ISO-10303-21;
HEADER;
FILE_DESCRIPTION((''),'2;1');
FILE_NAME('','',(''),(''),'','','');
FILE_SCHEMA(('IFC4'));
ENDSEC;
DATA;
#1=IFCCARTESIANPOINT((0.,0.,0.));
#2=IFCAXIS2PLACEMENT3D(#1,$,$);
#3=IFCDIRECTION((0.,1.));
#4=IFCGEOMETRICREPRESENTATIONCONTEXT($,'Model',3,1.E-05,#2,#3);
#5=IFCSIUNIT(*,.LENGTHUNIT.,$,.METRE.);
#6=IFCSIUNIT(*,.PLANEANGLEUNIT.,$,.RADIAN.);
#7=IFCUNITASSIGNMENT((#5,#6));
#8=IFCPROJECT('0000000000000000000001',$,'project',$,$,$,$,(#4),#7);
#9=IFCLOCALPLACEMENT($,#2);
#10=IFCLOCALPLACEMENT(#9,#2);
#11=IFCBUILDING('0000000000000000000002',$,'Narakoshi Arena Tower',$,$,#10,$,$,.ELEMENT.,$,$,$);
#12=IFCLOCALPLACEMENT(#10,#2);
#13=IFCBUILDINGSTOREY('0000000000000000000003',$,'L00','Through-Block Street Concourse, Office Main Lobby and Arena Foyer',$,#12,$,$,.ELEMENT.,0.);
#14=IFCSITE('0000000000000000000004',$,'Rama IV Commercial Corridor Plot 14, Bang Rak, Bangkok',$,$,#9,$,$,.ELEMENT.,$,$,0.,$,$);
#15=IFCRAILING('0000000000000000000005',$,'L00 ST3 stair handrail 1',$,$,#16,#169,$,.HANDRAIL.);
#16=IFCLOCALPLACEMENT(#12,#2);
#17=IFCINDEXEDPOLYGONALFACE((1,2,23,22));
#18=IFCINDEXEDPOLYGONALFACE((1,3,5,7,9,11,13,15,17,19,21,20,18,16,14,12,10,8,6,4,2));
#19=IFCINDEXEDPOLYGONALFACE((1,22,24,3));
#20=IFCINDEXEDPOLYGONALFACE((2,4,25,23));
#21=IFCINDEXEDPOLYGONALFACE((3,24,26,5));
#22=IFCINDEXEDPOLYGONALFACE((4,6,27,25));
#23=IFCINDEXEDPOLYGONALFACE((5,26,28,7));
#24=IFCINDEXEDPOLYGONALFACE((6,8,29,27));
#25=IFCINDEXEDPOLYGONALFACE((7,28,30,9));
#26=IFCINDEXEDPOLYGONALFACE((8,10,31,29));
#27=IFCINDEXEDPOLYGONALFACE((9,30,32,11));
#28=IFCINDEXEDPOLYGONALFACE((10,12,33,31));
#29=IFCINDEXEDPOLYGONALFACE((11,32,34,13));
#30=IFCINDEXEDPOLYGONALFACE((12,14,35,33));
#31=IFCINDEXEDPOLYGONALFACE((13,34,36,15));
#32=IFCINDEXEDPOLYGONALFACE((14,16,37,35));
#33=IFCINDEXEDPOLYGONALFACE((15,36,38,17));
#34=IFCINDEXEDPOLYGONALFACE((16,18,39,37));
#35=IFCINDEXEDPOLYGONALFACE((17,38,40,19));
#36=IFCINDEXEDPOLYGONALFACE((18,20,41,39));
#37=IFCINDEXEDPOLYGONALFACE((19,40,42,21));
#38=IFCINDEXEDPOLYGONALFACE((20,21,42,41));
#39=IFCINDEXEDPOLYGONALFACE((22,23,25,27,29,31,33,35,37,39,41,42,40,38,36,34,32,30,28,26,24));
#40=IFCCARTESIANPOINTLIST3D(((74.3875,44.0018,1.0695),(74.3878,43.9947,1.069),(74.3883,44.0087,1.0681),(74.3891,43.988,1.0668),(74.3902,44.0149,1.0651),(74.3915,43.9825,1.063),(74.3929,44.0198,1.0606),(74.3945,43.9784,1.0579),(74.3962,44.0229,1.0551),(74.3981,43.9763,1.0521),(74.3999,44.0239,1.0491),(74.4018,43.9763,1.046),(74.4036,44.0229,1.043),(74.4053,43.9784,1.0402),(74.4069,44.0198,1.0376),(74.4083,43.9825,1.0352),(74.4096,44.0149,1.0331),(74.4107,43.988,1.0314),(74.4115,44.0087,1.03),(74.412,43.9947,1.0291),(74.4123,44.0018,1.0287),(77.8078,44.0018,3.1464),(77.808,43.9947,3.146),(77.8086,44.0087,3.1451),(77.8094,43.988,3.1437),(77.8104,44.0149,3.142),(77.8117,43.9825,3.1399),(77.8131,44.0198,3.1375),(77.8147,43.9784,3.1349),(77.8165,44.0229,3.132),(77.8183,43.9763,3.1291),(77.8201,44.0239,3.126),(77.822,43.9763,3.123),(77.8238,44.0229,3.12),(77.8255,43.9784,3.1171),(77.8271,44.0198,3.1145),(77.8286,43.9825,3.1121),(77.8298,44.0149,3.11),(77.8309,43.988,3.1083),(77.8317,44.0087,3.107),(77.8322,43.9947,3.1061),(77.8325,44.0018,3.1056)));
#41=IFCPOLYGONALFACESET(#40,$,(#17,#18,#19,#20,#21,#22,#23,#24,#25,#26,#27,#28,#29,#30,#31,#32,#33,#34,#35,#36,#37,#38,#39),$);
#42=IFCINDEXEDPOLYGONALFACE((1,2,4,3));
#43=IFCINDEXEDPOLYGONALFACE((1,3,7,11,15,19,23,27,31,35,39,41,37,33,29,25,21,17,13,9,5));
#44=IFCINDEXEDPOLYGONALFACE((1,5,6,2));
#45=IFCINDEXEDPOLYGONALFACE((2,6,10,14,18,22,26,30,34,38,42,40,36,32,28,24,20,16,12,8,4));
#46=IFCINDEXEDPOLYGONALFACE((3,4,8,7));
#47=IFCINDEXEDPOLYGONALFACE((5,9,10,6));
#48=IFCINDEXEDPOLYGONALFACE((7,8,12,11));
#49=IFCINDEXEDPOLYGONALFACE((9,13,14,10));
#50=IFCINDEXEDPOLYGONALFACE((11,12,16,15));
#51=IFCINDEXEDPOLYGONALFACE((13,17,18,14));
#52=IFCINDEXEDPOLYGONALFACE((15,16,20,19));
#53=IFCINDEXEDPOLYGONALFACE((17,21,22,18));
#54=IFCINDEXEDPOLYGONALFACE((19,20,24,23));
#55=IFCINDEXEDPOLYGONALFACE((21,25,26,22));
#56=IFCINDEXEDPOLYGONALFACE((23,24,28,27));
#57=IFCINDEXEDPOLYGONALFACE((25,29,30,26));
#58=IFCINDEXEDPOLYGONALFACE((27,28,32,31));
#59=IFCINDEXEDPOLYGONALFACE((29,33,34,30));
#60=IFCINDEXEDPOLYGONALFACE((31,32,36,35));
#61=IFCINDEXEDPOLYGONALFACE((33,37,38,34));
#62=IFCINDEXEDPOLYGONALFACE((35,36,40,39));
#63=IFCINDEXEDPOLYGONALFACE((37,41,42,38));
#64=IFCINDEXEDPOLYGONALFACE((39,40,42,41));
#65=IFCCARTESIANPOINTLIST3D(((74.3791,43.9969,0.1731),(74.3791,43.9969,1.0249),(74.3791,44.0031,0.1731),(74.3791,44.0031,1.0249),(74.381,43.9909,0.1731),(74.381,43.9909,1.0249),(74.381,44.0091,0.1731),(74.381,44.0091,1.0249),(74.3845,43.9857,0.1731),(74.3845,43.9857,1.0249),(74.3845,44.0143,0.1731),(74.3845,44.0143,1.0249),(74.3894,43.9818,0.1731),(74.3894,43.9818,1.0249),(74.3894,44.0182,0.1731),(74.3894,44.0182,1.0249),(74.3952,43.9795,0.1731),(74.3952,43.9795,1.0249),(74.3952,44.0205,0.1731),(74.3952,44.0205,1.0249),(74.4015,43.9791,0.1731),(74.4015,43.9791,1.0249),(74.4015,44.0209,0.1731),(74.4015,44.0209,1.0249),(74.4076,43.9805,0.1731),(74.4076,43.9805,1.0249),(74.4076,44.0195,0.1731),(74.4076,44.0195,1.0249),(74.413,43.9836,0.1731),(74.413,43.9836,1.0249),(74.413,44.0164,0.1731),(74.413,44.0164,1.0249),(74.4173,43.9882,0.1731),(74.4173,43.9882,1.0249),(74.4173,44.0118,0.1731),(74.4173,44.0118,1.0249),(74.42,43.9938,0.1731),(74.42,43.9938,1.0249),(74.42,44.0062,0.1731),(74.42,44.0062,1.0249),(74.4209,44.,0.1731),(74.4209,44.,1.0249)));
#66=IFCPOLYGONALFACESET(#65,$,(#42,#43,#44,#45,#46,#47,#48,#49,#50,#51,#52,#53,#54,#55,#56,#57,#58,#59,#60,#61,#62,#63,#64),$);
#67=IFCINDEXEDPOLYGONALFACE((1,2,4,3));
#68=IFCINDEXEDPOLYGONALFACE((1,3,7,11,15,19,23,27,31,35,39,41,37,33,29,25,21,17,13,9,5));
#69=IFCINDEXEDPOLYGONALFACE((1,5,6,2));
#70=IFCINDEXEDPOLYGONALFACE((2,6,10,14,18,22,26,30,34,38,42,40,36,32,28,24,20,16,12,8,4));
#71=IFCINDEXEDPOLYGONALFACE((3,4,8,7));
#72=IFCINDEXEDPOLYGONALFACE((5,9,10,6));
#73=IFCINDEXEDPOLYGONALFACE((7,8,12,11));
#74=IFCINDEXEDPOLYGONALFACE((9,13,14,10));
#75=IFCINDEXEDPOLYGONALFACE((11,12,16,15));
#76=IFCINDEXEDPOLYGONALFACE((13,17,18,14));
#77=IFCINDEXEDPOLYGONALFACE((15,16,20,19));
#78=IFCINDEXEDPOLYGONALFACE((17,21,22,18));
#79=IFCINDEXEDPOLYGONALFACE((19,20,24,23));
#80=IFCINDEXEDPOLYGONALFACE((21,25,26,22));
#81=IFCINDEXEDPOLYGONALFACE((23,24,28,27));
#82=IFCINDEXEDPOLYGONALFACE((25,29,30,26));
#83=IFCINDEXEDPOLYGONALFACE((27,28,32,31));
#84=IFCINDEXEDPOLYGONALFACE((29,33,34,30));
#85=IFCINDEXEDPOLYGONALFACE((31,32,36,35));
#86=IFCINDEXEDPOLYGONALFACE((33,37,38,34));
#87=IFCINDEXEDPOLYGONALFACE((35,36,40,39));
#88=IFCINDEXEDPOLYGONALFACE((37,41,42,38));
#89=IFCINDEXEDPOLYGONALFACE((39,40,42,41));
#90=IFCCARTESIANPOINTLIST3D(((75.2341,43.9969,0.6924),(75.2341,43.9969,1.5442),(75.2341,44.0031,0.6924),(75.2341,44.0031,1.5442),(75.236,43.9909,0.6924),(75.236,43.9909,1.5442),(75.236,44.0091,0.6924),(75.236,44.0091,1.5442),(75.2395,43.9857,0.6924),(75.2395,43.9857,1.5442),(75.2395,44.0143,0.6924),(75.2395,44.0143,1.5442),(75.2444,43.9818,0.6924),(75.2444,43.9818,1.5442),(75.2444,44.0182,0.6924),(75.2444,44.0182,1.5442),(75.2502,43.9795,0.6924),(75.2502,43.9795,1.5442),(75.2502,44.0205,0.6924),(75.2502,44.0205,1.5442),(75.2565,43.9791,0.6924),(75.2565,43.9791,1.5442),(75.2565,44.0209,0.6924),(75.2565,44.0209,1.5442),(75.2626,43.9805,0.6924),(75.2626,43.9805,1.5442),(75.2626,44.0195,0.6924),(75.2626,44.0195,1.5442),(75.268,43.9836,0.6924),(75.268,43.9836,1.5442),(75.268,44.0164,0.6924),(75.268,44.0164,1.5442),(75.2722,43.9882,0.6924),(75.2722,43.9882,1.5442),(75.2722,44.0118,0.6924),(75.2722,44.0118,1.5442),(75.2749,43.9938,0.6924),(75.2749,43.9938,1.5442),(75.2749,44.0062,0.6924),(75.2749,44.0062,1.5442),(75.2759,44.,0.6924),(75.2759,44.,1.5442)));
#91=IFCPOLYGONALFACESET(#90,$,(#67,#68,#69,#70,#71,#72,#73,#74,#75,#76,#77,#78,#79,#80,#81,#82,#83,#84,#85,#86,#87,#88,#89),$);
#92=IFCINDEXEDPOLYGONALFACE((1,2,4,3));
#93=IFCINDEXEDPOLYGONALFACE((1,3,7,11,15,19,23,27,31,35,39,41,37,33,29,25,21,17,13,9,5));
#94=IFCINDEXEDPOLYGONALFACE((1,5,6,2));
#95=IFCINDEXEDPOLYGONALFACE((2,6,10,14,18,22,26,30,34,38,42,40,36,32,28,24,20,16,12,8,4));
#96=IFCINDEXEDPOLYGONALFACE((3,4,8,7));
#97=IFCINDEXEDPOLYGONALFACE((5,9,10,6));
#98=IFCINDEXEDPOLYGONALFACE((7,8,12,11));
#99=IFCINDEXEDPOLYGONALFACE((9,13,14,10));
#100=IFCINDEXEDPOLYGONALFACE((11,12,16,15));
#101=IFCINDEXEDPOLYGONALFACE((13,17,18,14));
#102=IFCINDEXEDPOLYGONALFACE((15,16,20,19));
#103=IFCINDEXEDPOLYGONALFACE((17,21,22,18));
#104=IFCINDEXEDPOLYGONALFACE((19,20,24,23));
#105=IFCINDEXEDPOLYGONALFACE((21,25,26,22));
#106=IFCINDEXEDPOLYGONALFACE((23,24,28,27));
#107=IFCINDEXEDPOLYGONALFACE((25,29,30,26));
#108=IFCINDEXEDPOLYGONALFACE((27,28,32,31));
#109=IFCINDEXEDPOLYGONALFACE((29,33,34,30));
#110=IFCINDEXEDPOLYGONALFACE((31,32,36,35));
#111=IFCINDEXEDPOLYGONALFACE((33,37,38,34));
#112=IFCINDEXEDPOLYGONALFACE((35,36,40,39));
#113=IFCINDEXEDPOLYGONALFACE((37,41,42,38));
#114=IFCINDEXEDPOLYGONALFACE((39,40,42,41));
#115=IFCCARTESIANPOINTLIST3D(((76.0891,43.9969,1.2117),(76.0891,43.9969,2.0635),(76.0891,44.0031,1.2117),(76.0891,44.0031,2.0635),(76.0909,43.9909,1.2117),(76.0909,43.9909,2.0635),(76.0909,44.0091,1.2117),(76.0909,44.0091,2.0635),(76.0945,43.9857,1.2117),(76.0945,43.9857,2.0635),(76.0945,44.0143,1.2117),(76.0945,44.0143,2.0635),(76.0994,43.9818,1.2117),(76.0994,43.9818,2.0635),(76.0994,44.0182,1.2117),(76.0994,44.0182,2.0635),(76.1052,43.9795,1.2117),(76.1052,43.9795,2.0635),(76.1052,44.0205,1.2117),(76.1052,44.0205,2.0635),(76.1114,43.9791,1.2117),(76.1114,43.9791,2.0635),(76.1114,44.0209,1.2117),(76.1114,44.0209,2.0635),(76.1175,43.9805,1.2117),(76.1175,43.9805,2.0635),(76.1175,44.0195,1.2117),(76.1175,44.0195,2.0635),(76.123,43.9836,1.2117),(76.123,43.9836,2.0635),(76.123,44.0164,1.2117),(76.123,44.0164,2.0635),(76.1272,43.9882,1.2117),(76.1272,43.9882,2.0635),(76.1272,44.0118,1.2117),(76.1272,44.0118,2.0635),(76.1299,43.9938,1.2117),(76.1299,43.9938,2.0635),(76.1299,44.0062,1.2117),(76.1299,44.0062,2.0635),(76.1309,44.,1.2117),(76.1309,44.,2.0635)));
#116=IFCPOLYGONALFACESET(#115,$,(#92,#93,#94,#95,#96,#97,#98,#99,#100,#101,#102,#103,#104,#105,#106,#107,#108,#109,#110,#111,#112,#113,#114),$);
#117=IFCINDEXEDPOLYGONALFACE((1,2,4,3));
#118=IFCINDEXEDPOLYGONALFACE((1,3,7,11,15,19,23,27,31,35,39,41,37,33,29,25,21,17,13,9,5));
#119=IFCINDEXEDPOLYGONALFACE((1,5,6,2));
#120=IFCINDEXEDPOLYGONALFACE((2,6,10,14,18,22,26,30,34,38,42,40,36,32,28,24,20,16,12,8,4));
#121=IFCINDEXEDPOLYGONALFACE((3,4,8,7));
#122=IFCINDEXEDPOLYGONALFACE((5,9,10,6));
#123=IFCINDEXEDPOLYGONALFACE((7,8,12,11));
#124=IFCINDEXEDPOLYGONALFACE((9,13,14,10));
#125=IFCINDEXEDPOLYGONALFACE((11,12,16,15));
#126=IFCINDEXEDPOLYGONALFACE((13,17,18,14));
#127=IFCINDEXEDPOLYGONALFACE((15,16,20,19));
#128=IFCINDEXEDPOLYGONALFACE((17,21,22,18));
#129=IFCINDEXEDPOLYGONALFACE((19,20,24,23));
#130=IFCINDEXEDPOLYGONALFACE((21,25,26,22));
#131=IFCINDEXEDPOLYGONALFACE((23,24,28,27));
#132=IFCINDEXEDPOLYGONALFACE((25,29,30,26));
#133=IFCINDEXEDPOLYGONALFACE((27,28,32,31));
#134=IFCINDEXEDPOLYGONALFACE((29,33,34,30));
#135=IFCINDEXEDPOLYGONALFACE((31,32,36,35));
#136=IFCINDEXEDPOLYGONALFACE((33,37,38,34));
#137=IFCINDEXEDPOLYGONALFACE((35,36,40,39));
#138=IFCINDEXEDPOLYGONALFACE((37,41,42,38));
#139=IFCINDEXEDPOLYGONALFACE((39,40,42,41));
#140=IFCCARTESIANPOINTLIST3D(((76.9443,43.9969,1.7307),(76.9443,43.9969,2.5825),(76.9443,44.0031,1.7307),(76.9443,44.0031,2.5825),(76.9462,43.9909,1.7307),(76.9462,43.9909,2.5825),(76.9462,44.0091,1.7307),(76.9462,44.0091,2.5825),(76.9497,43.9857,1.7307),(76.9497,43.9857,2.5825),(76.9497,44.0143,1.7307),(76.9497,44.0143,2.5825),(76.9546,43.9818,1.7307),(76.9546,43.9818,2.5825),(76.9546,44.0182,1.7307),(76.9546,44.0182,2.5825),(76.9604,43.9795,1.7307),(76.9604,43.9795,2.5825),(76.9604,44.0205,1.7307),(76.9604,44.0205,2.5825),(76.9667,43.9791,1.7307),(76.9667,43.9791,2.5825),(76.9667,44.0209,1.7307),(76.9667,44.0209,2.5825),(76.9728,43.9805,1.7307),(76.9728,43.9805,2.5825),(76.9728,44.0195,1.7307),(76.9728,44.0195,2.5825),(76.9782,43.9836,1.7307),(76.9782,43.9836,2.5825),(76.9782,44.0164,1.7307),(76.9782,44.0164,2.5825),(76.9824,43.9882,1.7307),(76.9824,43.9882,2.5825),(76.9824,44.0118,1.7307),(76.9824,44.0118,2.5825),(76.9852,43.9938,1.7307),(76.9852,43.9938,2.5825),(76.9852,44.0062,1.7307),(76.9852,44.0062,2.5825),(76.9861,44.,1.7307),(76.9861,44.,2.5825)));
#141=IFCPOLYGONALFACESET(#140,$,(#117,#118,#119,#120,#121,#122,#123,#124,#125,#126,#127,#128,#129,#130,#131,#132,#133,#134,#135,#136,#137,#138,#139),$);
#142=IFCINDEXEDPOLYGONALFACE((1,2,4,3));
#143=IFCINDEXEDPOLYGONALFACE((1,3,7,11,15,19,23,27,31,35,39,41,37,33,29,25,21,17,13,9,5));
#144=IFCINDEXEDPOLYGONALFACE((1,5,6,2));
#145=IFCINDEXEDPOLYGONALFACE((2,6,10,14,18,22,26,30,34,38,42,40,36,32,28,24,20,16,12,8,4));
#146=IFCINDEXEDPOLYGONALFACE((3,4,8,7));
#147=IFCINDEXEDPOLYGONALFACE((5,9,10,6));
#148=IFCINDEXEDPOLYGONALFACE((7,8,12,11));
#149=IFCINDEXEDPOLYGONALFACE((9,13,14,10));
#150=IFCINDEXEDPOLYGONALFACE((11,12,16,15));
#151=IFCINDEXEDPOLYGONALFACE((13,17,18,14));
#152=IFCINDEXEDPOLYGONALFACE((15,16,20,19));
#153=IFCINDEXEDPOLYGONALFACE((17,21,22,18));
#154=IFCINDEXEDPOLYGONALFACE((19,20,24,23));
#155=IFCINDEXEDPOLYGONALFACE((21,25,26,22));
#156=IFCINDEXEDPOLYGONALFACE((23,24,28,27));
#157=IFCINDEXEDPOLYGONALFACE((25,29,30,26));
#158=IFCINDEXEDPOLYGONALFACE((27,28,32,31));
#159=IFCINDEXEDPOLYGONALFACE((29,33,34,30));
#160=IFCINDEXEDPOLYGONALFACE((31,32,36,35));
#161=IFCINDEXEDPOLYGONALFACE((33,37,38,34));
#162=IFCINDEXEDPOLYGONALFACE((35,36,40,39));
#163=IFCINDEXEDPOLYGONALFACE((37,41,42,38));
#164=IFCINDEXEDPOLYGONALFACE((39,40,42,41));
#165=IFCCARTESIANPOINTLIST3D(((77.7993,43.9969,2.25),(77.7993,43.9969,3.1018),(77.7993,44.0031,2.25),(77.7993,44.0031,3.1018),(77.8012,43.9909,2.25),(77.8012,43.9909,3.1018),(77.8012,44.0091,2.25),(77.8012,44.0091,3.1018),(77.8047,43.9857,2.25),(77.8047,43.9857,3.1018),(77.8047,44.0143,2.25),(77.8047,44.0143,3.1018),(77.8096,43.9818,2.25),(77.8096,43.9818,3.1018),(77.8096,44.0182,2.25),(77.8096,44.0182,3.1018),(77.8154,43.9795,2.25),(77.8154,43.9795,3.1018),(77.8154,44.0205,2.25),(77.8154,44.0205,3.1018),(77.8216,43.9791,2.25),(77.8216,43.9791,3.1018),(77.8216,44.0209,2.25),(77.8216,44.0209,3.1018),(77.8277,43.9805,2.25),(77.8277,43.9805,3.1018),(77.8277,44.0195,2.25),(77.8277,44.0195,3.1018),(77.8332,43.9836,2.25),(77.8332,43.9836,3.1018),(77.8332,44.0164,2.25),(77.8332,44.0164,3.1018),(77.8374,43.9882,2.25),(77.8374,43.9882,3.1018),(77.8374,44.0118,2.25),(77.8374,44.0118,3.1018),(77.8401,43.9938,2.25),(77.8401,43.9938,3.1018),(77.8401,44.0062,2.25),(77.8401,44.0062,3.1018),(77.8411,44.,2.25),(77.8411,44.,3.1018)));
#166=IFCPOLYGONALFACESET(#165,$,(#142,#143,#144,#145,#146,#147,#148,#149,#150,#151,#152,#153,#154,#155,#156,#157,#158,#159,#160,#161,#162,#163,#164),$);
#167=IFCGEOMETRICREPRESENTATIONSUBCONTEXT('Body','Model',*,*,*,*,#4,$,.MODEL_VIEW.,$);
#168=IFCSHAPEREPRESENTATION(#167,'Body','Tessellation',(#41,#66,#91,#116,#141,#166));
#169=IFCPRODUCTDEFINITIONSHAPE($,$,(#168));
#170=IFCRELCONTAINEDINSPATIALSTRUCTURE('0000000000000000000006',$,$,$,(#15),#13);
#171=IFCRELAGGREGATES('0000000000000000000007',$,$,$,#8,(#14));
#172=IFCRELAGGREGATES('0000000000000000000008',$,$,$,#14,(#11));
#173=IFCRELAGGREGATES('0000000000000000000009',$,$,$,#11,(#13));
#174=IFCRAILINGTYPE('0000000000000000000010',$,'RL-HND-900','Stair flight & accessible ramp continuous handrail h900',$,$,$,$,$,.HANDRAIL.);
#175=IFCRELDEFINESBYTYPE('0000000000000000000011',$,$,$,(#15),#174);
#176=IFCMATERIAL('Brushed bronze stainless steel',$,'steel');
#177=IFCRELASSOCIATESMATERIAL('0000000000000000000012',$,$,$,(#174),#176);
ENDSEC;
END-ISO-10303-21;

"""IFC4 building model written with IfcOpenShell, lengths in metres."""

from ifc_helpers import new_model, si_unit, direction, frame, origin, origin_2d, place, context, subcontext, project, spatial, circle, extrude, material, type_object, element, save


model = new_model("IFC4")

# Units and contexts
model_context = context("Model", 3, precision=1e-05, world=origin(), true_north=direction((0.0, 1.0)))
body_context = subcontext(model_context, "Body", "Model", "MODEL_VIEW")
ifc_project = project(units=[si_unit("LENGTHUNIT", "METRE"), si_unit("PLANEANGLEUNIT", "RADIAN")], contexts=[model_context])

# Site, building, storey
site_placement = place(None, origin())
site = spatial("IfcSite", under=ifc_project, at=site_placement, Name="Rama IV Commercial Corridor Plot 14, Bang Rak, Bangkok", CompositionType="ELEMENT", RefElevation=0.0)
building_placement = place(site_placement, origin())
building = spatial("IfcBuilding", under=site, at=building_placement, Name="Narakoshi Arena Tower", CompositionType="ELEMENT")
storey_placement = place(building_placement, origin())
storey = spatial("IfcBuildingStorey", under=building, at=storey_placement, Name="L00", Description="Through-Block Street Concourse, Office Main Lobby and Arena Foyer", CompositionType="ELEMENT", Elevation=0.0)

# Railing
ifc_material_1 = material(Name="Brushed bronze stainless steel", Category="steel")
railing_type_1 = type_object("IfcRailingType", Name="RL-HND-900", Description="Stair flight & accessible ramp continuous handrail h900", PredefinedType="HANDRAIL", material=ifc_material_1)
for number, where, name in (
    (1, (74.3999, 44.0, 0.1731), "L00 ST3 stair handrail 1"),
):
    element("IfcRailing", number, at=place(storey_placement, frame(where)), inside=storey, type_object=railing_type_1, Name=name, PredefinedType="HANDRAIL", context=body_context, shape_type="SweptSolid", body=[
        extrude(circle(Radius=0.0239, at=origin_2d()), frame((0.0, 0.0, 0.876), z_axis=(0.854746, 0.0, 0.519047), x_axis=(0.0, 1.0, 0.0)), (0.0, 0.0, 1.0), 4.0015),
        extrude(circle(Radius=0.021, at=origin_2d()), origin(), (0.0, 0.0, 1.0), 0.8518),
        extrude(circle(Radius=0.021, at=origin_2d()), frame((0.855, 0.0, 0.5193)), (0.0, 0.0, 1.0), 0.8518),
        extrude(circle(Radius=0.021, at=origin_2d()), frame((1.71, 0.0, 1.0386)), (0.0, 0.0, 1.0), 0.8518),
        extrude(circle(Radius=0.021, at=origin_2d()), frame((2.5652, 0.0, 1.5576)), (0.0, 0.0, 1.0), 0.8518),
        extrude(circle(Radius=0.021, at=origin_2d()), frame((3.4202, 0.0, 2.0769)), (0.0, 0.0, 1.0), 0.8518),
    ])

save(model, "model.ifc")
